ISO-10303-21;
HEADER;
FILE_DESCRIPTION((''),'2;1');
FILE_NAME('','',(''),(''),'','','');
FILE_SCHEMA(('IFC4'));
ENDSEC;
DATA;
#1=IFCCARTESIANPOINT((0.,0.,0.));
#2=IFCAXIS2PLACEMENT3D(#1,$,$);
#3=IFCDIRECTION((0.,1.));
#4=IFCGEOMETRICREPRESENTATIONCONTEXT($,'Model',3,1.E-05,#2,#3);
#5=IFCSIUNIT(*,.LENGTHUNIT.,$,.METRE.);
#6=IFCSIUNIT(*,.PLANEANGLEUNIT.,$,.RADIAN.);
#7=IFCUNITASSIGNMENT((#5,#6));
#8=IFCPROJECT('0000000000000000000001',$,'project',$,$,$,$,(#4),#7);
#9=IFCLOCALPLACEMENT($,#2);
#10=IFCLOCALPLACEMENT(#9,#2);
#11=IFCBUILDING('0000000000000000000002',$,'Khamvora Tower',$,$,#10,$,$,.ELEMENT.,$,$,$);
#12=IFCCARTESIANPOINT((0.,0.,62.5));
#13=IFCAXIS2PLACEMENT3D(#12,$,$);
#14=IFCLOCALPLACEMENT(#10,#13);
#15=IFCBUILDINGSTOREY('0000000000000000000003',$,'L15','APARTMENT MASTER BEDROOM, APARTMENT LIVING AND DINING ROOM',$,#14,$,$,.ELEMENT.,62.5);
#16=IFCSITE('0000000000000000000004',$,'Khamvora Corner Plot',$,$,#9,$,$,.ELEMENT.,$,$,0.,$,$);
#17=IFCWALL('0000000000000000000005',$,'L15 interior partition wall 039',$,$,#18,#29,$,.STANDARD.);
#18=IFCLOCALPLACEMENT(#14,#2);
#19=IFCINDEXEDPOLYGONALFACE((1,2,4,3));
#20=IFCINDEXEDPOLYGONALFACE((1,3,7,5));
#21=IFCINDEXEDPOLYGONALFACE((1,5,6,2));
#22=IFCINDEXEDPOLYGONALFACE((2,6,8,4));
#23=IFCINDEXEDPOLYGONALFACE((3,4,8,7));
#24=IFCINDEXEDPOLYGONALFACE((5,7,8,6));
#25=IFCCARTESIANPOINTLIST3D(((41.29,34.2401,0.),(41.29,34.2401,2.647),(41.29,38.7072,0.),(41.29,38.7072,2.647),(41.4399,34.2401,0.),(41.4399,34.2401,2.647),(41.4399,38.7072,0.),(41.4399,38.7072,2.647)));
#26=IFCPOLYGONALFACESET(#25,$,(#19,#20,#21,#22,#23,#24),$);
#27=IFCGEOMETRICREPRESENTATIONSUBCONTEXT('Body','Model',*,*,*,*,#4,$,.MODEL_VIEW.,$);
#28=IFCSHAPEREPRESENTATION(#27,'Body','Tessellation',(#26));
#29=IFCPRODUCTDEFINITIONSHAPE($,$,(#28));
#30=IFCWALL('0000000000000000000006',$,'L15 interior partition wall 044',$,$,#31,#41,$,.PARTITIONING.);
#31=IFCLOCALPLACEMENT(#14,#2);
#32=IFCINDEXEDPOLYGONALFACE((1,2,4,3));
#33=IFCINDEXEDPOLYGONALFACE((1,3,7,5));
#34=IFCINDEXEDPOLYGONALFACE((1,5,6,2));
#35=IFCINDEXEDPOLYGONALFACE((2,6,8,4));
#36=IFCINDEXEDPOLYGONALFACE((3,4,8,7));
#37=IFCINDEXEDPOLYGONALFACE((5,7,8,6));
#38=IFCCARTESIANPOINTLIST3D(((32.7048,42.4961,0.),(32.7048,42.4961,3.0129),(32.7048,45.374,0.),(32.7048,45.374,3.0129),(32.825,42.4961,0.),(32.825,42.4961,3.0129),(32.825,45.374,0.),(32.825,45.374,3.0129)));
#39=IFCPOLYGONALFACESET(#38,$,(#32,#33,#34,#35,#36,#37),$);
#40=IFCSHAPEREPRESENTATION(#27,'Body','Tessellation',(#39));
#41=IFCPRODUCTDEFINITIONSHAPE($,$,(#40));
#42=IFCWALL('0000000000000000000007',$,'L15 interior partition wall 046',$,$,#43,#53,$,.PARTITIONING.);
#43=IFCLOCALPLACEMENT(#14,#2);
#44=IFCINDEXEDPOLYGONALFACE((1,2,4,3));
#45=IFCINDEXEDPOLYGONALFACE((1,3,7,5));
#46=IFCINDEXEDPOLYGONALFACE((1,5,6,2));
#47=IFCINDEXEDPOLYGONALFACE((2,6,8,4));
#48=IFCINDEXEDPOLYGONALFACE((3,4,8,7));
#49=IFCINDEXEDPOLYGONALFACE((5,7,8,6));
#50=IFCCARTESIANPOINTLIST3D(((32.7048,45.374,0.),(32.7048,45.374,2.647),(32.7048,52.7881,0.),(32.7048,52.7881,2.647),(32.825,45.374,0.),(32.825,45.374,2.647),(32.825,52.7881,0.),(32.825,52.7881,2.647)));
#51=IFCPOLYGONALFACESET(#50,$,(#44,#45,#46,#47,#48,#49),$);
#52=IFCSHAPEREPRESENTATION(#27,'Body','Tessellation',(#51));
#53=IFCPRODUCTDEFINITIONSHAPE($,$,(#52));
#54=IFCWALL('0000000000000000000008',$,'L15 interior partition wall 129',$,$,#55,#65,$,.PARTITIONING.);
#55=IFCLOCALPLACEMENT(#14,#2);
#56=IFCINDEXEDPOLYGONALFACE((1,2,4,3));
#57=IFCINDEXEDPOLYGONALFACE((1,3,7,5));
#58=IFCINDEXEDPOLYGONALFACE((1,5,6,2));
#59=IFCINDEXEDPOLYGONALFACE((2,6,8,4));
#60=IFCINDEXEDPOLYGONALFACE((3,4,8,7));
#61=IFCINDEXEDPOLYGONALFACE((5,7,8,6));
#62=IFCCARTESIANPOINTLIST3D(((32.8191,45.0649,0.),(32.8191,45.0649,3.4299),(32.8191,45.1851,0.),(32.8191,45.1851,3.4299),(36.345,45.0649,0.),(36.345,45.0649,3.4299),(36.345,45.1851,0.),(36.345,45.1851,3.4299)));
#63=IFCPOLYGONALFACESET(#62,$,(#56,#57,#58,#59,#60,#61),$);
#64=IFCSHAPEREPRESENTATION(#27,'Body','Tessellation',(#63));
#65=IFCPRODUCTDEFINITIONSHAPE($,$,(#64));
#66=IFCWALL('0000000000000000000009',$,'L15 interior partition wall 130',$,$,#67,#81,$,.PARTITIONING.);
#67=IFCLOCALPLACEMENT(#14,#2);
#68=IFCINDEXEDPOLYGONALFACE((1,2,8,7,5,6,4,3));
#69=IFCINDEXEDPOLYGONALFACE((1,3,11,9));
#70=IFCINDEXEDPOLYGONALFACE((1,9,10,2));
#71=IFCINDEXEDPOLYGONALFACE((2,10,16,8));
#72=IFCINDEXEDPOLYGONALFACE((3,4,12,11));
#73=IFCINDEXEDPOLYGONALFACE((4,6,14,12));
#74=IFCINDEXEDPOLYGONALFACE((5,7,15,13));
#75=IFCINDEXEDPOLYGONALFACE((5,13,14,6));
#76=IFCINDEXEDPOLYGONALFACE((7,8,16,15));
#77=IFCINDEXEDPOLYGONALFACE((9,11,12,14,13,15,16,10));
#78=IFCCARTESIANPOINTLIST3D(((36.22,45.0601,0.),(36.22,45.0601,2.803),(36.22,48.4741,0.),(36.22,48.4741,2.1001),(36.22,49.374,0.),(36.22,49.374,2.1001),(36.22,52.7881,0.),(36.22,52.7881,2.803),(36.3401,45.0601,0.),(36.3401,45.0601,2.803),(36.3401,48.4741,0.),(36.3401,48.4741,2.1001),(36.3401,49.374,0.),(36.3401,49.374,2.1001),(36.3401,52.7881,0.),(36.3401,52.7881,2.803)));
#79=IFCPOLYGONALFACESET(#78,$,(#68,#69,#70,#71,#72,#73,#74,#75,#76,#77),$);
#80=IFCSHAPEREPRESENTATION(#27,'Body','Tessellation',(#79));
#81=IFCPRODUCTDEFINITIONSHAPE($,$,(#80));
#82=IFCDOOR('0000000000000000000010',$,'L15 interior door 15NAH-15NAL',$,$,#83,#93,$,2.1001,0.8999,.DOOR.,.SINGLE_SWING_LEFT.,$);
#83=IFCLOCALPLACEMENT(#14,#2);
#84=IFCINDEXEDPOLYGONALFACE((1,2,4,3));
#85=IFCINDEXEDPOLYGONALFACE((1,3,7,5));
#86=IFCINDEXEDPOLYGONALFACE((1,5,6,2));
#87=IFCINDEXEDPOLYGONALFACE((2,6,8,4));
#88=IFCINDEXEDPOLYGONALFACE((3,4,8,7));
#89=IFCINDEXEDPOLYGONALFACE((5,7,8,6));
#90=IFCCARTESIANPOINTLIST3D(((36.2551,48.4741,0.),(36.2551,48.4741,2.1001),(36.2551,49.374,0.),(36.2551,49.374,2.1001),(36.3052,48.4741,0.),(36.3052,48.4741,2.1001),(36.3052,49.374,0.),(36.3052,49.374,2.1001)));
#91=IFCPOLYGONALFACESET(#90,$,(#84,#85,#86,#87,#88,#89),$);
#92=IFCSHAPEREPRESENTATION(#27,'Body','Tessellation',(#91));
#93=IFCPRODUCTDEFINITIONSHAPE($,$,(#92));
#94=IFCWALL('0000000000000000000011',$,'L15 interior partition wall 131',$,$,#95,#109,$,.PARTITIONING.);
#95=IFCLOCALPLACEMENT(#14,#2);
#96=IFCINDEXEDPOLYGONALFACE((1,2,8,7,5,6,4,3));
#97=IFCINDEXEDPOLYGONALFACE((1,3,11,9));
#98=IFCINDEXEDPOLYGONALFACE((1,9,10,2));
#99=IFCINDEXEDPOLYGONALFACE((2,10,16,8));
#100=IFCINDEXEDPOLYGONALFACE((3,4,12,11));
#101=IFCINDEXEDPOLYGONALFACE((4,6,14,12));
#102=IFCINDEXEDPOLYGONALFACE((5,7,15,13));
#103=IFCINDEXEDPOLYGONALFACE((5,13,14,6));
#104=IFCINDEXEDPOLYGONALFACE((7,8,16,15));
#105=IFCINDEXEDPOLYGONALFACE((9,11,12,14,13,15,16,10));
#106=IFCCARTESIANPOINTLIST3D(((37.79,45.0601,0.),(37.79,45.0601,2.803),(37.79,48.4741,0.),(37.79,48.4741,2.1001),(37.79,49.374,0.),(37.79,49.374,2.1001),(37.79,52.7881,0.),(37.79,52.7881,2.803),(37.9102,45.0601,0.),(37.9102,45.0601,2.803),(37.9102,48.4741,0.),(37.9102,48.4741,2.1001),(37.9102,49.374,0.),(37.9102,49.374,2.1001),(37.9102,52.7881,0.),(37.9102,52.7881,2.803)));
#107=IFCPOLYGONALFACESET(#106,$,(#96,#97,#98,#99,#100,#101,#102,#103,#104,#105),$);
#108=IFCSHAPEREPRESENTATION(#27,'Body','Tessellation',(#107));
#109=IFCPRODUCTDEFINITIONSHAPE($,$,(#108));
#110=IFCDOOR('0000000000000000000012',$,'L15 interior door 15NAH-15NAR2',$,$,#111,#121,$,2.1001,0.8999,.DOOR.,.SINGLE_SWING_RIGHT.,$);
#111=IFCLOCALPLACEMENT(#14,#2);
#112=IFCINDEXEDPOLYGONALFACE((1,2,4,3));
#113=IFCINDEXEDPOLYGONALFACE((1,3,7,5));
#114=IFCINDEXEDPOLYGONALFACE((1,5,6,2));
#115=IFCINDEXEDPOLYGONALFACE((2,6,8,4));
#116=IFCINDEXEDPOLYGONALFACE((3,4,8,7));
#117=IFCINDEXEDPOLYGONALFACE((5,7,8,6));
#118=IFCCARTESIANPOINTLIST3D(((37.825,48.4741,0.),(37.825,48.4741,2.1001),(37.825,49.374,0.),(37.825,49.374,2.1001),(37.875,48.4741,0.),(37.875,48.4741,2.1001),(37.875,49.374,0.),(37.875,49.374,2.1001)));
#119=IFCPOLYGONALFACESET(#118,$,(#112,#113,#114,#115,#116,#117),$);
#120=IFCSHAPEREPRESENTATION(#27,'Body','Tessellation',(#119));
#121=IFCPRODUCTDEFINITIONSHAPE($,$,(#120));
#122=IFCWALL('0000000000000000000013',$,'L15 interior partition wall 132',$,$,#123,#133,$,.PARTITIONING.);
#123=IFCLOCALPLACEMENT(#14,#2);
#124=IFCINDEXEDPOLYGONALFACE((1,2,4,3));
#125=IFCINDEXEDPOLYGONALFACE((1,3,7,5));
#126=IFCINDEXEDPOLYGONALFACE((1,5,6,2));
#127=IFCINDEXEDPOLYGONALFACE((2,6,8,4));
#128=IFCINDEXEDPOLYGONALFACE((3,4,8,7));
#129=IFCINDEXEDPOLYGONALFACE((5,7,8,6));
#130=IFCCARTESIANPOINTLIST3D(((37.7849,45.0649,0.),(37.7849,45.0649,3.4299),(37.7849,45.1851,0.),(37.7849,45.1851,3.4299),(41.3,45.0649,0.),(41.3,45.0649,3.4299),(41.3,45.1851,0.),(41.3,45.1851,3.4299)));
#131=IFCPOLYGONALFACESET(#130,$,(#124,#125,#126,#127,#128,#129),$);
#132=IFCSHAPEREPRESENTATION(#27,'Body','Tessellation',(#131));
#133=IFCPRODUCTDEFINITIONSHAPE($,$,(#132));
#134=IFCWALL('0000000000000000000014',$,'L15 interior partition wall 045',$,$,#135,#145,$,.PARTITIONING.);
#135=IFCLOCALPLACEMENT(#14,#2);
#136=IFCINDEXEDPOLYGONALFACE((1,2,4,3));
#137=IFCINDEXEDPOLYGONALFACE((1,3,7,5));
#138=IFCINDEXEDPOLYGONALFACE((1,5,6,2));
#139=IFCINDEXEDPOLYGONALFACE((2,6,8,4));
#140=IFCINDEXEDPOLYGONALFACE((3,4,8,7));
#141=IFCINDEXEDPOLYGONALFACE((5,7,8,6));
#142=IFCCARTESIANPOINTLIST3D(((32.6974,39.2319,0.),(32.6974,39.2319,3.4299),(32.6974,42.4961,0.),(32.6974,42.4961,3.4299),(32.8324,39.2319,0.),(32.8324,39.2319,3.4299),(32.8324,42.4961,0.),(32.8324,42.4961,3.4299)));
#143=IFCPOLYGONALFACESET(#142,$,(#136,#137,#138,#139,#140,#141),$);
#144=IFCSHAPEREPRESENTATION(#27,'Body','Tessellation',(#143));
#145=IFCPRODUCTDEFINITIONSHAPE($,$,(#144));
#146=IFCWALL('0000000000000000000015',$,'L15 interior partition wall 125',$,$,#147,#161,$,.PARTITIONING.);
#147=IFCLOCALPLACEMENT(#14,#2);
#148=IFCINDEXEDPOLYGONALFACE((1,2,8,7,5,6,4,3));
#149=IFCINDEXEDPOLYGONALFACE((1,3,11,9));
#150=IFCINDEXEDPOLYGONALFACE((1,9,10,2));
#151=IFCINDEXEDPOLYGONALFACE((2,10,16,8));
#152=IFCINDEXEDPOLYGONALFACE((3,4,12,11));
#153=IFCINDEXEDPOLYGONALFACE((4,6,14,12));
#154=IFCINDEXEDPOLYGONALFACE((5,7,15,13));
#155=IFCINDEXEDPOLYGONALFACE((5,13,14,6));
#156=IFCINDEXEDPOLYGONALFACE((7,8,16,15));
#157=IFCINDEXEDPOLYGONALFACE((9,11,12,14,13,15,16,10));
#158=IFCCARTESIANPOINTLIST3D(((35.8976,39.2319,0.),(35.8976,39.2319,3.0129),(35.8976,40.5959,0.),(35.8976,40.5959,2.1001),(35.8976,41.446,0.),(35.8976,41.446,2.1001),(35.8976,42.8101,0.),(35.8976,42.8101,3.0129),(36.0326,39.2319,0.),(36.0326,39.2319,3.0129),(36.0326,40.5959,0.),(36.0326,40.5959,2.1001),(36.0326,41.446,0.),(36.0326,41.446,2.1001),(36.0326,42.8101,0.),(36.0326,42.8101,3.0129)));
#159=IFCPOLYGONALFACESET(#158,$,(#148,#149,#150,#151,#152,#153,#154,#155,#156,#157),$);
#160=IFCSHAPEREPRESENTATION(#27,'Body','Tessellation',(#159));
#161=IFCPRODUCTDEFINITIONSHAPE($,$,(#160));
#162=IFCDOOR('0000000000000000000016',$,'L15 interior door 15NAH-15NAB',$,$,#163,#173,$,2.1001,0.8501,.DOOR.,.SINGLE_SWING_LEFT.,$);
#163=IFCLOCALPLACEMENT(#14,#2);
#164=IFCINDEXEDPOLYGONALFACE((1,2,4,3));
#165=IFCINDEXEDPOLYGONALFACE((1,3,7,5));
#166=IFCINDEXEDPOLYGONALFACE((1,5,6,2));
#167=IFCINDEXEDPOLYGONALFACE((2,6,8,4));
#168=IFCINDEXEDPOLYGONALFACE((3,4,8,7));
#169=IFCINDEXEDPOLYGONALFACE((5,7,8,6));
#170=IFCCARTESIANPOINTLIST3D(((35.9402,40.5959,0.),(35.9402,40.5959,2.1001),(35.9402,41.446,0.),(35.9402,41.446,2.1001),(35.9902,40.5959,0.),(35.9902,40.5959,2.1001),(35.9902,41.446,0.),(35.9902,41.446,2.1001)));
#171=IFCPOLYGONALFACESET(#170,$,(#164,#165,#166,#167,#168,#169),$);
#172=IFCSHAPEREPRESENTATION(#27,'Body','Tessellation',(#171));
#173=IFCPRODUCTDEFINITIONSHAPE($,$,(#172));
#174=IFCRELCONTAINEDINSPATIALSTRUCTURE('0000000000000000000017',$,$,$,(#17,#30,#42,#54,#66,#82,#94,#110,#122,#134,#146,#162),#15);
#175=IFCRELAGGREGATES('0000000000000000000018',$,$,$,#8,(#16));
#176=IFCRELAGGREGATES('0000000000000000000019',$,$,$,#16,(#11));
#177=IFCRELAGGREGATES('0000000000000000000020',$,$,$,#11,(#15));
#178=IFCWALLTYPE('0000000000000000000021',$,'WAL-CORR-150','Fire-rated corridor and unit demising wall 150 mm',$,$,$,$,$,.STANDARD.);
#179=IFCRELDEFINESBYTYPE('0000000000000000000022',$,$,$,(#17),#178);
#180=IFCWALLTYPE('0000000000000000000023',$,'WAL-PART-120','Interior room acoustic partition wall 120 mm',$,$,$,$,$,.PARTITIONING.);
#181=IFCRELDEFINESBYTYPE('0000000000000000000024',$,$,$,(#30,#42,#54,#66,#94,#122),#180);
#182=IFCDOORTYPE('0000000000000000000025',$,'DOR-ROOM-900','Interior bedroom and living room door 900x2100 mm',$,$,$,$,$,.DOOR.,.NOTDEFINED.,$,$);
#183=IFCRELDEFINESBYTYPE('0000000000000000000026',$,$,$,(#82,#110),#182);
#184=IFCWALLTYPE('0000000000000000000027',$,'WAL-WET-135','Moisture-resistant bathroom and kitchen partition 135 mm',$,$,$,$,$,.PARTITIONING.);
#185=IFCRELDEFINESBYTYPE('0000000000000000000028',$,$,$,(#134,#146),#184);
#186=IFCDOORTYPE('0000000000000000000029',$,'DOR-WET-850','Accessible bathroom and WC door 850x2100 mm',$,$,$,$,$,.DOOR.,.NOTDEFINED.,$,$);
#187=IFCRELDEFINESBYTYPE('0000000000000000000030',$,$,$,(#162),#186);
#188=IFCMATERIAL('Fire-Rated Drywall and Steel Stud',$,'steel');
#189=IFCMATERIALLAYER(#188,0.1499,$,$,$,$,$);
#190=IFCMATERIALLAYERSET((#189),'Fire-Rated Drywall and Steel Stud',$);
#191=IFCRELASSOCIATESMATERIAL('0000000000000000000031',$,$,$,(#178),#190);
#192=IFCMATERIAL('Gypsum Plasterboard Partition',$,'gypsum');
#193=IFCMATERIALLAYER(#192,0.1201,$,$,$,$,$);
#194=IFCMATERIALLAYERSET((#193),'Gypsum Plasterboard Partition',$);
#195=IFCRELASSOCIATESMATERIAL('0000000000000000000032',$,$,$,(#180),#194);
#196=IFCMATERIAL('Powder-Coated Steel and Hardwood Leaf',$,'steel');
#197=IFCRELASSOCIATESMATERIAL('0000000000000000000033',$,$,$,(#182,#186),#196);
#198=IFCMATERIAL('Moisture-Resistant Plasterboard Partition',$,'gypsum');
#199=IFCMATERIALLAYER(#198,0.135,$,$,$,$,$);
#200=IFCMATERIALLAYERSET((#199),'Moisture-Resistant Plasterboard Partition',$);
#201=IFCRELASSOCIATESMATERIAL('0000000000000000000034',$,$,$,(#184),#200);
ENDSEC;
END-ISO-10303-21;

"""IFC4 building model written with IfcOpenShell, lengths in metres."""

from ifc_helpers import new_model, si_unit, direction, frame, frame_2d, origin, place, context, subcontext, project, spatial, rectangle, extrude, material, layer, layer_set, type_object, element, fill, save


model = new_model("IFC4")

# Units and contexts
model_context = context("Model", 3, precision=1e-05, world=origin(), true_north=direction((0.0, 1.0)))
body_context = subcontext(model_context, "Body", "Model", "MODEL_VIEW")
ifc_project = project(units=[si_unit("LENGTHUNIT", "METRE"), si_unit("PLANEANGLEUNIT", "RADIAN")], contexts=[model_context])

# Site, building, storey
site_placement = place(None, origin())
site = spatial("IfcSite", under=ifc_project, at=site_placement, Name="Khamvora Corner Plot", CompositionType="ELEMENT", RefElevation=0.0)
building_placement = place(site_placement, origin())
building = spatial("IfcBuilding", under=site, at=building_placement, Name="Khamvora Tower", CompositionType="ELEMENT")
storey_placement = place(building_placement, frame((0.0, 0.0, 62.5)))
storey = spatial("IfcBuildingStorey", under=building, at=storey_placement, Name="L15", Description="APARTMENT MASTER BEDROOM, APARTMENT LIVING AND DINING ROOM", CompositionType="ELEMENT", Elevation=62.5)

# Shared definitions
ifc_material_1 = material(Name="Fire-Rated Drywall and Steel Stud", Category="steel")
ifc_layer_1 = layer(ifc_material_1, 0.1499)
ifc_layer_set_1 = layer_set([ifc_layer_1], Name="Fire-Rated Drywall and Steel Stud")
wall_type_1 = type_object("IfcWallType", Name="WAL-CORR-150", Description="Fire-rated corridor and unit demising wall 150 mm", PredefinedType="STANDARD", material=ifc_layer_set_1)
ifc_material_2 = material(Name="Powder-Coated Steel and Hardwood Leaf", Category="steel")

# Walls
wall_1_placement = place(storey_placement, frame((41.365, 38.707, 0.0), z_axis=(0.0, 0.0, 1.0), x_axis=(0.0, -1.0, 0.0)))
element("IfcWall", 1, at=wall_1_placement, inside=storey, type_object=wall_type_1, Name="L15 interior partition wall 039", PredefinedType="STANDARD", context=body_context, shape_type="SweptSolid", body=[
    extrude(rectangle(XDim=4.467, YDim=0.1499, at=frame_2d((2.2334, 0.0))), origin(), (0.0, 0.0, 1.0), 2.647),
])
ifc_material_3 = material(Name="Gypsum Plasterboard Partition", Category="gypsum")
ifc_layer_2 = layer(ifc_material_3, 0.1201)
ifc_layer_set_2 = layer_set([ifc_layer_2], Name="Gypsum Plasterboard Partition")
wall_type_2 = type_object("IfcWallType", Name="WAL-PART-120", Description="Interior room acoustic partition wall 120 mm", PredefinedType="PARTITIONING", material=ifc_layer_set_2)
wall_2_placement = place(storey_placement, frame((32.7649, 45.374, 0.0), z_axis=(0.0, 0.0, 1.0), x_axis=(0.0, -1.0, 0.0)))
element("IfcWall", 2, at=wall_2_placement, inside=storey, type_object=wall_type_2, Name="L15 interior partition wall 044", PredefinedType="PARTITIONING", context=body_context, shape_type="SweptSolid", body=[
    extrude(rectangle(XDim=2.8779, YDim=0.1201, at=frame_2d((1.439, 0.0))), origin(), (0.0, 0.0, 1.0), 3.0129),
])
wall_3_placement = place(storey_placement, frame((32.7649, 52.7881, 0.0), z_axis=(0.0, 0.0, 1.0), x_axis=(0.0, -1.0, 0.0)))
element("IfcWall", 3, at=wall_3_placement, inside=storey, type_object=wall_type_2, Name="L15 interior partition wall 046", PredefinedType="PARTITIONING", context=body_context, shape_type="SweptSolid", body=[
    extrude(rectangle(XDim=7.4141, YDim=0.1201, at=frame_2d((3.707, 0.0))), origin(), (0.0, 0.0, 1.0), 2.647),
])
wall_4_placement = place(storey_placement, frame((32.8191, 45.125, 0.0), z_axis=(0.0, 0.0, 1.0), x_axis=(1.0, 0.0, 0.0)))
element("IfcWall", 4, at=wall_4_placement, inside=storey, type_object=wall_type_2, Name="L15 interior partition wall 129", PredefinedType="PARTITIONING", context=body_context, shape_type="SweptSolid", body=[
    extrude(rectangle(XDim=3.5259, YDim=0.1201, at=frame_2d((1.7629, 0.0))), origin(), (0.0, 0.0, 1.0), 3.4299),
])

# Walls, openings, doors
wall_5_placement = place(storey_placement, frame((36.28, 45.0601, 0.0), z_axis=(0.0, 0.0, 1.0), x_axis=(0.0, 1.0, 0.0)))
wall_5 = element("IfcWall", 5, at=wall_5_placement, inside=storey, type_object=wall_type_2, Name="L15 interior partition wall 130", PredefinedType="PARTITIONING", context=body_context, shape_type="SweptSolid", body=[
    extrude(rectangle(XDim=7.728, YDim=0.1201, at=frame_2d((3.864, 0.0))), origin(), (0.0, 0.0, 1.0), 2.803),
])
opening_1_placement = place(wall_5_placement, frame((3.4141, 0.0, 0.0)))
opening_1 = element("IfcOpeningElement", 6, at=opening_1_placement, cuts=wall_5, PredefinedType="OPENING", context=body_context, shape_type="SweptSolid", body=[
    extrude(rectangle(XDim=0.8999, YDim=2.1001, at=frame_2d((0.45, 1.05))), frame((0.0, 0.0701, 0.0), z_axis=(0.0, -1.0, 0.0), x_axis=(1.0, 0.0, 0.0)), (0.0, 0.0, 1.0), 0.1401),
])
door_type_1 = type_object("IfcDoorType", Name="DOR-ROOM-900", Description="Interior bedroom and living room door 900x2100 mm", OperationType="NOTDEFINED", PredefinedType="DOOR", material=ifc_material_2)
door_1_placement = place(opening_1_placement, origin())
door_1 = element("IfcDoor", 7, at=door_1_placement, inside=storey, type_object=door_type_1, Name="L15 interior door 15NAH-15NAL", OperationType="SINGLE_SWING_LEFT", OverallHeight=2.1001, OverallWidth=0.8999, PredefinedType="DOOR", context=body_context, shape_type="SweptSolid", body=[
    extrude(rectangle(XDim=0.8999, YDim=2.1001, at=frame_2d((0.45, 1.05))), frame((0.0, 0.0249, 0.0), z_axis=(0.0, -1.0, 0.0), x_axis=(1.0, 0.0, 0.0)), (0.0, 0.0, 1.0), 0.05),
])
fill(opening_1, door_1)
wall_6_placement = place(storey_placement, frame((37.8501, 52.7881, 0.0), z_axis=(0.0, 0.0, 1.0), x_axis=(0.0, -1.0, 0.0)))
wall_6 = element("IfcWall", 8, at=wall_6_placement, inside=storey, type_object=wall_type_2, Name="L15 interior partition wall 131", PredefinedType="PARTITIONING", context=body_context, shape_type="SweptSolid", body=[
    extrude(rectangle(XDim=7.728, YDim=0.1201, at=frame_2d((3.864, 0.0))), origin(), (0.0, 0.0, 1.0), 2.803),
])
opening_2_placement = place(wall_6_placement, frame((3.4141, 0.0, 0.0)))
opening_2 = element("IfcOpeningElement", 9, at=opening_2_placement, cuts=wall_6, PredefinedType="OPENING", context=body_context, shape_type="SweptSolid", body=[
    extrude(rectangle(XDim=0.8999, YDim=2.1001, at=frame_2d((0.45, 1.05))), frame((0.0, 0.0701, 0.0), z_axis=(0.0, -1.0, 0.0), x_axis=(1.0, 0.0, 0.0)), (0.0, 0.0, 1.0), 0.1401),
])
door_2_placement = place(opening_2_placement, origin())
door_2 = element("IfcDoor", 10, at=door_2_placement, inside=storey, type_object=door_type_1, Name="L15 interior door 15NAH-15NAR2", OperationType="SINGLE_SWING_RIGHT", OverallHeight=2.1001, OverallWidth=0.8999, PredefinedType="DOOR", context=body_context, shape_type="SweptSolid", body=[
    extrude(rectangle(XDim=0.8999, YDim=2.1001, at=frame_2d((0.45, 1.05))), frame((0.0, 0.0249, 0.0), z_axis=(0.0, -1.0, 0.0), x_axis=(1.0, 0.0, 0.0)), (0.0, 0.0, 1.0), 0.05),
])
fill(opening_2, door_2)

# Walls
wall_7_placement = place(storey_placement, frame((37.7849, 45.125, 0.0), z_axis=(0.0, 0.0, 1.0), x_axis=(1.0, 0.0, 0.0)))
element("IfcWall", 11, at=wall_7_placement, inside=storey, type_object=wall_type_2, Name="L15 interior partition wall 132", PredefinedType="PARTITIONING", context=body_context, shape_type="SweptSolid", body=[
    extrude(rectangle(XDim=3.5151, YDim=0.1201, at=frame_2d((1.7576, 0.0))), origin(), (0.0, 0.0, 1.0), 3.4299),
])
ifc_material_4 = material(Name="Moisture-Resistant Plasterboard Partition", Category="gypsum")
ifc_layer_3 = layer(ifc_material_4, 0.135)
ifc_layer_set_3 = layer_set([ifc_layer_3], Name="Moisture-Resistant Plasterboard Partition")
wall_type_3 = type_object("IfcWallType", Name="WAL-WET-135", Description="Moisture-resistant bathroom and kitchen partition 135 mm", PredefinedType="PARTITIONING", material=ifc_layer_set_3)
wall_8_placement = place(storey_placement, frame((32.7649, 42.4961, 0.0), z_axis=(0.0, 0.0, 1.0), x_axis=(0.0, -1.0, 0.0)))
element("IfcWall", 12, at=wall_8_placement, inside=storey, type_object=wall_type_3, Name="L15 interior partition wall 045", PredefinedType="PARTITIONING", context=body_context, shape_type="SweptSolid", body=[
    extrude(rectangle(XDim=3.2642, YDim=0.135, at=frame_2d((1.6321, 0.0))), origin(), (0.0, 0.0, 1.0), 3.4299),
])

# Wall, opening, door
wall_9_placement = place(storey_placement, frame((35.9651, 39.2319, 0.0), z_axis=(0.0, 0.0, 1.0), x_axis=(0.0, 1.0, 0.0)))
wall_9 = element("IfcWall", 13, at=wall_9_placement, inside=storey, type_object=wall_type_3, Name="L15 interior partition wall 125", PredefinedType="PARTITIONING", context=body_context, shape_type="SweptSolid", body=[
    extrude(rectangle(XDim=3.5781, YDim=0.135, at=frame_2d((1.7891, 0.0))), origin(), (0.0, 0.0, 1.0), 3.0129),
])
opening_3_placement = place(wall_9_placement, frame((1.364, 0.0, 0.0)))
opening_3 = element("IfcOpeningElement", 14, at=opening_3_placement, cuts=wall_9, PredefinedType="OPENING", context=body_context, shape_type="SweptSolid", body=[
    extrude(rectangle(XDim=0.8501, YDim=2.1001, at=frame_2d((0.425, 1.05))), frame((0.0, 0.0774, 0.0), z_axis=(0.0, -1.0, 0.0), x_axis=(1.0, 0.0, 0.0)), (0.0, 0.0, 1.0), 0.155),
])
door_type_2 = type_object("IfcDoorType", Name="DOR-WET-850", Description="Accessible bathroom and WC door 850x2100 mm", OperationType="NOTDEFINED", PredefinedType="DOOR", material=ifc_material_2)
door_3_placement = place(opening_3_placement, origin())
door_3 = element("IfcDoor", 15, at=door_3_placement, inside=storey, type_object=door_type_2, Name="L15 interior door 15NAH-15NAB", OperationType="SINGLE_SWING_LEFT", OverallHeight=2.1001, OverallWidth=0.8501, PredefinedType="DOOR", context=body_context, shape_type="SweptSolid", body=[
    extrude(rectangle(XDim=0.8501, YDim=2.1001, at=frame_2d((0.425, 1.05))), frame((0.0, 0.0249, 0.0), z_axis=(0.0, -1.0, 0.0), x_axis=(1.0, 0.0, 0.0)), (0.0, 0.0, 1.0), 0.05),
])
fill(opening_3, door_3)

save(model, "model.ifc")
